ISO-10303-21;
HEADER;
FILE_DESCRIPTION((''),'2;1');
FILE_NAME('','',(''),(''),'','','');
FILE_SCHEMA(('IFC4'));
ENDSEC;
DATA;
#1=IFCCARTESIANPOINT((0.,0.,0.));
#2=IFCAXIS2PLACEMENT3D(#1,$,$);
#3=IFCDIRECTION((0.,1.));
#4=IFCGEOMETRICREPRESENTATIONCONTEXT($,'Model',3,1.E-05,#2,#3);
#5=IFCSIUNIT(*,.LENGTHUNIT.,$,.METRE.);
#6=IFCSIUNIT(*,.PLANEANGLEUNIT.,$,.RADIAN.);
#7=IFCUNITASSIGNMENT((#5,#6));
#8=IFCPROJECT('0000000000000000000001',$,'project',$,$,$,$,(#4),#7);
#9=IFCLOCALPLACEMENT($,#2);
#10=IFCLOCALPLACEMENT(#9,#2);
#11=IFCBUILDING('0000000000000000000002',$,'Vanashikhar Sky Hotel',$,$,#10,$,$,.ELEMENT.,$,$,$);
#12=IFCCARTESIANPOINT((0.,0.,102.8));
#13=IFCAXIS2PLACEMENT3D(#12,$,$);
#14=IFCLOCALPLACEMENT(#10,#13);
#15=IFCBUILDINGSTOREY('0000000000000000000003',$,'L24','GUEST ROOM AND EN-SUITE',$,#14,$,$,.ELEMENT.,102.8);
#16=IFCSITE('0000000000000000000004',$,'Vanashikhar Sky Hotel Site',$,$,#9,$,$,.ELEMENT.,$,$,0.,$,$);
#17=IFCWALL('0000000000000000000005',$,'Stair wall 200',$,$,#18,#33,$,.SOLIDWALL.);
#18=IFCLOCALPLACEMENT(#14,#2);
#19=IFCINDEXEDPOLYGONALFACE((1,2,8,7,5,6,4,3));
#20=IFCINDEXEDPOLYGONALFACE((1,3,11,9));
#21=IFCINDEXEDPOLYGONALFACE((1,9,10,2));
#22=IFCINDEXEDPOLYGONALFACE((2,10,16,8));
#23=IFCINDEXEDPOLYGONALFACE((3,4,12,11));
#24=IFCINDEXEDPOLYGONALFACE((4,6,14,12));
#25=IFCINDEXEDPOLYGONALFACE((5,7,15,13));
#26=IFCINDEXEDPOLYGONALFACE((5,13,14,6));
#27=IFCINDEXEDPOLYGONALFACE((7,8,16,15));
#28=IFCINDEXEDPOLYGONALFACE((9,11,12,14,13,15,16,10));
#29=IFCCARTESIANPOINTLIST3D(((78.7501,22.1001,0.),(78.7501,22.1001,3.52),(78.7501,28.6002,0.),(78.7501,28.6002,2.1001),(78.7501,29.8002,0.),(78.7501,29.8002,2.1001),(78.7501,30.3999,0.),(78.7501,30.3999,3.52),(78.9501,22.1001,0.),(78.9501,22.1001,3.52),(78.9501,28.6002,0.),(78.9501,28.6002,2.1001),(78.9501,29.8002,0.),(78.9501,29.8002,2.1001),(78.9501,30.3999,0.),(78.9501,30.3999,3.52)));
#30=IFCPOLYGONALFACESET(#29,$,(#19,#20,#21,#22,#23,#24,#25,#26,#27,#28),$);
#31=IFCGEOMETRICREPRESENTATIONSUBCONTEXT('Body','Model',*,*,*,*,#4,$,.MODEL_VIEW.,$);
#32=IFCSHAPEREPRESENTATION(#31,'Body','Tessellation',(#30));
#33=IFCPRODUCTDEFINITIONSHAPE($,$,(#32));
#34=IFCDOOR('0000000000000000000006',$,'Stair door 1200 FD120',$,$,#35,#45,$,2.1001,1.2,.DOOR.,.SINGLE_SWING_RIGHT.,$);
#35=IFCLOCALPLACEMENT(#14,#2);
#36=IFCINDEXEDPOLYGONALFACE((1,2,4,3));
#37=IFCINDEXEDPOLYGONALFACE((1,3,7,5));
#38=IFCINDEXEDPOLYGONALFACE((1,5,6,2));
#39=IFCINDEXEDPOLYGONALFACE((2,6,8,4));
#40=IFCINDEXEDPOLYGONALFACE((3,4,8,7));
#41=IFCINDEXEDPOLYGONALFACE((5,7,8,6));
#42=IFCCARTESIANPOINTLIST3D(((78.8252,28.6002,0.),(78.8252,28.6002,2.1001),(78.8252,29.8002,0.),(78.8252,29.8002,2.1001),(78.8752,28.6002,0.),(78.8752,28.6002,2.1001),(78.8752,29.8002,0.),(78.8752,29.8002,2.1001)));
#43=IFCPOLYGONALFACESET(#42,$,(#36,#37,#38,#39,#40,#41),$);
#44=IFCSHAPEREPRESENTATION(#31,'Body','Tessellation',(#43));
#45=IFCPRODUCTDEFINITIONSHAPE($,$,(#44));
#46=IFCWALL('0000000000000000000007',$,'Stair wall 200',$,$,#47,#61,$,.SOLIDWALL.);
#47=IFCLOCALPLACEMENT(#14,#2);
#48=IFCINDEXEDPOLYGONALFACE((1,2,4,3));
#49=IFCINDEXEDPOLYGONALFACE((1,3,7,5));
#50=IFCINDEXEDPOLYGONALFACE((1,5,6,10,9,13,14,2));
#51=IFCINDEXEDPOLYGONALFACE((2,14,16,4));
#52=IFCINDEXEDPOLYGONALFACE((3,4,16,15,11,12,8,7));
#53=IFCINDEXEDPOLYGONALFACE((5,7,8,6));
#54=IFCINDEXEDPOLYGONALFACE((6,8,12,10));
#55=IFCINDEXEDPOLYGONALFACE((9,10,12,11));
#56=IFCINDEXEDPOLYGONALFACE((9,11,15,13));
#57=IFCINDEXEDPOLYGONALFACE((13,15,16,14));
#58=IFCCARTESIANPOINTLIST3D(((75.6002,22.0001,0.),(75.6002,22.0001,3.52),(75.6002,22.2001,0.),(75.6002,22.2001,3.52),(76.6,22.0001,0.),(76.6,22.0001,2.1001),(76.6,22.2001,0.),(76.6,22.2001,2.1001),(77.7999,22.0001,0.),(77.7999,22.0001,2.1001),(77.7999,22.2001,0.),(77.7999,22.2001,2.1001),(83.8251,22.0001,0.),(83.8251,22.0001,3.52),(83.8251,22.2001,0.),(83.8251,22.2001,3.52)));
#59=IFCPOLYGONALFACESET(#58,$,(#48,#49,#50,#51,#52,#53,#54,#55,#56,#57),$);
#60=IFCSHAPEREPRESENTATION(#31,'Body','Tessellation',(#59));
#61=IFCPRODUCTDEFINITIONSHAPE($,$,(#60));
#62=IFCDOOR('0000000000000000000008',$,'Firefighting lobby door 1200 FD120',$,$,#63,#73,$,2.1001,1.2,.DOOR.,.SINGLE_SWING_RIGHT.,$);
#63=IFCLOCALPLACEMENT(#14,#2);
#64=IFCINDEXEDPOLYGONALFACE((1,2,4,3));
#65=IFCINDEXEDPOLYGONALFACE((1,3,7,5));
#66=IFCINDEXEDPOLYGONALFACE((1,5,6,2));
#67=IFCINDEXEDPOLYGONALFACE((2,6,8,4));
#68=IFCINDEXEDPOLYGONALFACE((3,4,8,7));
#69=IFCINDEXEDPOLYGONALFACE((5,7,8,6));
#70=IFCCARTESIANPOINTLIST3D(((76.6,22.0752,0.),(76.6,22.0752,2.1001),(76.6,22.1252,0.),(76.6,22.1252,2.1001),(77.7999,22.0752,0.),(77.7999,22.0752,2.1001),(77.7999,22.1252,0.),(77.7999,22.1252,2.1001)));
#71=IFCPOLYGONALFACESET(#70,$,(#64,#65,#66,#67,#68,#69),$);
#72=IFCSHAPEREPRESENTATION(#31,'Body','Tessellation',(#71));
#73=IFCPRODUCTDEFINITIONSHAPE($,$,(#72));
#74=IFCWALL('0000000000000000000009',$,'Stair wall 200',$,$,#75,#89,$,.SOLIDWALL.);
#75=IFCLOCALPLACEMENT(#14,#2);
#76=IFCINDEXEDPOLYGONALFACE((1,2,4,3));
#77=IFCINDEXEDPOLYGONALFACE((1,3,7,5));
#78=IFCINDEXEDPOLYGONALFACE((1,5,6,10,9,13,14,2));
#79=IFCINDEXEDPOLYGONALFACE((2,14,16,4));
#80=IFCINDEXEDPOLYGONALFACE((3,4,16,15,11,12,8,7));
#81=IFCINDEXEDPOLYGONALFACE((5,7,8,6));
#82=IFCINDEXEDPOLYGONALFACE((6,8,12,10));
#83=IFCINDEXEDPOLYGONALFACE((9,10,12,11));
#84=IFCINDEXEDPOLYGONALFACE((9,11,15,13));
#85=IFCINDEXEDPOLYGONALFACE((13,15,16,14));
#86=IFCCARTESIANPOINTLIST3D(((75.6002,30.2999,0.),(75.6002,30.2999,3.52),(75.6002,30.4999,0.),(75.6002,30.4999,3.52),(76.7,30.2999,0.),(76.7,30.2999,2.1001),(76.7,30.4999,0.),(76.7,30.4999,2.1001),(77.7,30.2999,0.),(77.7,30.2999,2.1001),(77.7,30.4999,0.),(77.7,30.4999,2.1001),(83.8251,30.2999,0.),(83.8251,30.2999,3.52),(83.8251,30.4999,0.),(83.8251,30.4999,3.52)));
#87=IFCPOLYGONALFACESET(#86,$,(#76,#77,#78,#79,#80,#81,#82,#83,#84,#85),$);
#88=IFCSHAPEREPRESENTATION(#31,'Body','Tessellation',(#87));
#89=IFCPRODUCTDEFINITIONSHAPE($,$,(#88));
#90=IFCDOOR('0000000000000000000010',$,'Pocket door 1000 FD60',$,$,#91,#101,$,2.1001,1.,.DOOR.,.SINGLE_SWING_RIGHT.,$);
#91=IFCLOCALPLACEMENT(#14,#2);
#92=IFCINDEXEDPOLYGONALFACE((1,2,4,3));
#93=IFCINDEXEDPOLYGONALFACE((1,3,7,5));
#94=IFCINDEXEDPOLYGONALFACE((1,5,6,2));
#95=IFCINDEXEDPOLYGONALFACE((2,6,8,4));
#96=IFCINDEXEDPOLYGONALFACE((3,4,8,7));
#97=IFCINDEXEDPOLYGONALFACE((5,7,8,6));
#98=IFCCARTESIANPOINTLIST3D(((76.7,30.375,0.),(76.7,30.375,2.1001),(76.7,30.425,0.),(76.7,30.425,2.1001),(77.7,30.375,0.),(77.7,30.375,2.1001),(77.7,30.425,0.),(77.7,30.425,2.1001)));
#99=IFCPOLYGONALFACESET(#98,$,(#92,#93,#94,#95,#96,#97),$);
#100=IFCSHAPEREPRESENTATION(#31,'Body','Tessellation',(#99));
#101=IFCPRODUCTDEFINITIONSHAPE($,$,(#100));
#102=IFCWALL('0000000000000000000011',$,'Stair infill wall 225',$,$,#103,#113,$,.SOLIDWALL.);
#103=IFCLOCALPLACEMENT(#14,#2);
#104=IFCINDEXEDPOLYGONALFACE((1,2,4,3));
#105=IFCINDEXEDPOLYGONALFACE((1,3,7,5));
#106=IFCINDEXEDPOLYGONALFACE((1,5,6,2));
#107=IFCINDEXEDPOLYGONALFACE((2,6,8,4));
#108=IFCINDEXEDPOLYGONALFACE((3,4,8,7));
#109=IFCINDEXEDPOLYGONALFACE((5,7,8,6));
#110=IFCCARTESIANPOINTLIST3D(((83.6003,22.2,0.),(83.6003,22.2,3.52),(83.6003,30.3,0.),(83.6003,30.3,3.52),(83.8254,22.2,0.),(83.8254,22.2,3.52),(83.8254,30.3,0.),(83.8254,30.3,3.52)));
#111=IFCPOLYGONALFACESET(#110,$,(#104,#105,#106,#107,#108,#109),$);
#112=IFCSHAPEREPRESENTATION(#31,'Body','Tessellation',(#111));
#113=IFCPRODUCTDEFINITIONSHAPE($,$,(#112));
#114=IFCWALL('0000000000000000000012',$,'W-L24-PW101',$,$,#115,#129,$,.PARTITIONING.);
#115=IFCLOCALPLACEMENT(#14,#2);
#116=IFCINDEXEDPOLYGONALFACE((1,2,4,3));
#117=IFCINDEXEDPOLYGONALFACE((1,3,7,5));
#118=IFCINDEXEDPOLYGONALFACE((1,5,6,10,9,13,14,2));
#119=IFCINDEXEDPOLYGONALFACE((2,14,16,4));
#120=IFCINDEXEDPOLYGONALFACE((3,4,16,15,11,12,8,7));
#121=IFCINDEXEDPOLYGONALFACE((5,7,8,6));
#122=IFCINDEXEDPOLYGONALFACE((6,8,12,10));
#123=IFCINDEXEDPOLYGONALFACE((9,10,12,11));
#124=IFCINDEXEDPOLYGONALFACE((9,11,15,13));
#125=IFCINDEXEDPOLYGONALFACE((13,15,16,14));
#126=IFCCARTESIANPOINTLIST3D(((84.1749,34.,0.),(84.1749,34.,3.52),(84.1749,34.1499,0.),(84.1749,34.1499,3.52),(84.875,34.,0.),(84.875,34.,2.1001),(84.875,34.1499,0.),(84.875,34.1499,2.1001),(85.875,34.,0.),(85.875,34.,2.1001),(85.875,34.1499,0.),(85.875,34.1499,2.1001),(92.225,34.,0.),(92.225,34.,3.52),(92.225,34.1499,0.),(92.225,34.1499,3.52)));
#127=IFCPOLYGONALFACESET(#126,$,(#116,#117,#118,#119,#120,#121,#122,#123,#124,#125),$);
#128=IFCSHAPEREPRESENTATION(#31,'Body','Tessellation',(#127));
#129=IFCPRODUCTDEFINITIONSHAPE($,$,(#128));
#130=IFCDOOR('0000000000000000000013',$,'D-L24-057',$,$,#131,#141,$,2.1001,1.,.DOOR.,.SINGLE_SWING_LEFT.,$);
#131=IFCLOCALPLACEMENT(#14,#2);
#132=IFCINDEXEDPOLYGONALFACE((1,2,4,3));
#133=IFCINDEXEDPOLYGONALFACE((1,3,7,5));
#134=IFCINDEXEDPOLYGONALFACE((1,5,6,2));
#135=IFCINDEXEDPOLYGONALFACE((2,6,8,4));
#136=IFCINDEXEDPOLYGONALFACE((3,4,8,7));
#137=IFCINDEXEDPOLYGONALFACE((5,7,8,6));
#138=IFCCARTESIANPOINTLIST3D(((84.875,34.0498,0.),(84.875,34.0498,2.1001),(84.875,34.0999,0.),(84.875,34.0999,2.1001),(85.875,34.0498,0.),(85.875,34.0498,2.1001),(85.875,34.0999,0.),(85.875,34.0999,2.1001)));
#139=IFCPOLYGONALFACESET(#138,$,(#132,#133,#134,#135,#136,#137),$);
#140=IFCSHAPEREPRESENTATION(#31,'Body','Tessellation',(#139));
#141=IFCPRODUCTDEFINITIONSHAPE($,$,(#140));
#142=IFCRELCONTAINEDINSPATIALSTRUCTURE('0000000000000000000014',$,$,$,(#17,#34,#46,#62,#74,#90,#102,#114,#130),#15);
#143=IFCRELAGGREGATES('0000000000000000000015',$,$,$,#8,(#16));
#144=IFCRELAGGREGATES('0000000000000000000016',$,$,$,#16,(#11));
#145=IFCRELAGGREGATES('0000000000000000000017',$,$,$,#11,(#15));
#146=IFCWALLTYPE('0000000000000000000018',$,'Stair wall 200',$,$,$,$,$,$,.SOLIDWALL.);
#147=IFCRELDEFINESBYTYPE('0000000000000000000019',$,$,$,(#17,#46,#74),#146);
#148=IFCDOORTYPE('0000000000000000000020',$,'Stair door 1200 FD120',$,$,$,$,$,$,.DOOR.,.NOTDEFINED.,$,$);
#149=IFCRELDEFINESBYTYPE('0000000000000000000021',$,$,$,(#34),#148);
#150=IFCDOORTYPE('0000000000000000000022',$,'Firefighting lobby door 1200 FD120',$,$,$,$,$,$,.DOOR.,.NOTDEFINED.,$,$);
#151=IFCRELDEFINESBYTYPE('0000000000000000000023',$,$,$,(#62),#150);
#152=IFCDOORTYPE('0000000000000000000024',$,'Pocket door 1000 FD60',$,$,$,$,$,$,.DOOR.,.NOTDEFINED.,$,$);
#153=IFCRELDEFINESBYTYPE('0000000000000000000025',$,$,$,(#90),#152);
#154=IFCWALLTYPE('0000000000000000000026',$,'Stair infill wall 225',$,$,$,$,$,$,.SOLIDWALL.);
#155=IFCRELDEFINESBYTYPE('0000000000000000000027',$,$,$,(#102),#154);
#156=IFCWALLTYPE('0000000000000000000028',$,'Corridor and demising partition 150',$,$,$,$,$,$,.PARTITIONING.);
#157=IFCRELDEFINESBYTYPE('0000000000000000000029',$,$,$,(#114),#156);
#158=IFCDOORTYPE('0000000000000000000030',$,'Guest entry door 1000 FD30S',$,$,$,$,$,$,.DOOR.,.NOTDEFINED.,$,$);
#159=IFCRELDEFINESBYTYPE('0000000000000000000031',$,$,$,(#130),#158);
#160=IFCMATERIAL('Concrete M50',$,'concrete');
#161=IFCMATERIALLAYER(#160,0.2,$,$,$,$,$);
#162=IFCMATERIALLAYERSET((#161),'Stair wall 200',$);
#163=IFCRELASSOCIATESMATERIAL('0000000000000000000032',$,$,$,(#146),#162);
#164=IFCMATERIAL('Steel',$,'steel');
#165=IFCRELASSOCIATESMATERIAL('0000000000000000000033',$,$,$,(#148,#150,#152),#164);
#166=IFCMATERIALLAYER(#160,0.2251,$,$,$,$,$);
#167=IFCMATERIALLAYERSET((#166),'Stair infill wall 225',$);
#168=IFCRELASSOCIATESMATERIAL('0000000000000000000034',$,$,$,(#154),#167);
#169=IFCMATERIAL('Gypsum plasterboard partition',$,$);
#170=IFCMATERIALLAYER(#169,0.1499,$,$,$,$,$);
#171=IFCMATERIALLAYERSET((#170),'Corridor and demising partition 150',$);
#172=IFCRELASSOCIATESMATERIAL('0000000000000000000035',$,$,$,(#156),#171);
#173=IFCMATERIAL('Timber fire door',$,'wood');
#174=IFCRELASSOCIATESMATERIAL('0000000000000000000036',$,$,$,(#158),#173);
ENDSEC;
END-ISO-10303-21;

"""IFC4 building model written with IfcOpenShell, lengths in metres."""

from ifc_helpers import new_model, si_unit, direction, frame, frame_2d, origin, place, context, subcontext, project, spatial, rectangle, extrude, source, transform, mapped, material, layer, layer_set, type_object, element, fill, save


model = new_model("IFC4")

# Units and contexts
model_context = context("Model", 3, precision=1e-05, world=origin(), true_north=direction((0.0, 1.0)))
body_context = subcontext(model_context, "Body", "Model", "MODEL_VIEW")
ifc_project = project(units=[si_unit("LENGTHUNIT", "METRE"), si_unit("PLANEANGLEUNIT", "RADIAN")], contexts=[model_context])

# Site, building, storey
site_placement = place(None, origin())
site = spatial("IfcSite", under=ifc_project, at=site_placement, Name="Vanashikhar Sky Hotel Site", CompositionType="ELEMENT", RefElevation=0.0)
building_placement = place(site_placement, origin())
building = spatial("IfcBuilding", under=site, at=building_placement, Name="Vanashikhar Sky Hotel", CompositionType="ELEMENT")
storey_placement = place(building_placement, frame((0.0, 0.0, 102.8)))
storey = spatial("IfcBuildingStorey", under=building, at=storey_placement, Name="L24", Description="GUEST ROOM AND EN-SUITE", CompositionType="ELEMENT", Elevation=102.8)

# Shared definitions
ifc_material_1 = material(Name="Concrete M50", Category="concrete")

# Shared definitions
ifc_material_2 = material(Name="Steel", Category="steel")
shared_shape_1 = source(origin(), body_context, "Body", "SweptSolid", [
    extrude(rectangle(XDim=1.2, YDim=2.1001, at=frame_2d((0.6001, 1.05))), frame((0.0, 0.0249, 0.0), z_axis=(0.0, -1.0, 0.0), x_axis=(1.0, 0.0, 0.0)), (0.0, 0.0, 1.0), 0.05),
])

# Walls, openings, doors
ifc_layer_1 = layer(ifc_material_1, 0.2)
ifc_layer_set_1 = layer_set([ifc_layer_1], Name="Stair wall 200")
wall_type_1 = type_object("IfcWallType", Name="Stair wall 200", PredefinedType="SOLIDWALL", material=ifc_layer_set_1)
shared_shape_2 = source(origin(), body_context, "Body", "SweptSolid", [
    extrude(rectangle(XDim=8.2998, YDim=0.2, at=frame_2d((4.1499, 0.0))), origin(), (0.0, 0.0, 1.0), 3.52),
])
wall_1_placement = place(storey_placement, frame((78.8501, 22.1001, 0.0), z_axis=(0.0, 0.0, 1.0), x_axis=(0.0, 1.0, 0.0)))
wall_1 = element("IfcWall", 1, at=wall_1_placement, inside=storey, type_object=wall_type_1, Name="Stair wall 200", PredefinedType="SOLIDWALL", context=body_context, shape_type="MappedRepresentation", body=[
    mapped(shared_shape_2, transform((0.0, 0.0, 0.0), scale=1.0)),
])
shared_shape_3 = source(origin(), body_context, "Body", "SweptSolid", [
    extrude(rectangle(XDim=1.2, YDim=2.1001, at=frame_2d((0.6001, 1.05))), frame((0.0, 0.1099, 0.0), z_axis=(0.0, -1.0, 0.0), x_axis=(1.0, 0.0, 0.0)), (0.0, 0.0, 1.0), 0.22),
])
opening_1_placement = place(wall_1_placement, frame((6.5, 0.0, 0.0)))
opening_1 = element("IfcOpeningElement", 2, at=opening_1_placement, cuts=wall_1, PredefinedType="OPENING", context=body_context, shape_type="MappedRepresentation", body=[
    mapped(shared_shape_3, transform((0.0, 0.0, 0.0), scale=1.0)),
])
door_type_1 = type_object("IfcDoorType", Name="Stair door 1200 FD120", OperationType="NOTDEFINED", PredefinedType="DOOR", material=ifc_material_2)
door_1_placement = place(opening_1_placement, origin())
door_1 = element("IfcDoor", 3, at=door_1_placement, inside=storey, type_object=door_type_1, Name="Stair door 1200 FD120", OperationType="SINGLE_SWING_RIGHT", OverallHeight=2.1001, OverallWidth=1.2, PredefinedType="DOOR", context=body_context, shape_type="MappedRepresentation", body=[
    mapped(shared_shape_1, transform((0.0, 0.0, 0.0), scale=1.0)),
])
fill(opening_1, door_1)
shared_shape_4 = source(origin(), body_context, "Body", "SweptSolid", [
    extrude(rectangle(XDim=8.2249, YDim=0.2, at=frame_2d((4.1123, 0.0))), origin(), (0.0, 0.0, 1.0), 3.52),
])
wall_2_placement = place(storey_placement, frame((83.825, 22.1001, 0.0), z_axis=(0.0, 0.0, 1.0), x_axis=(-1.0, 0.0, 0.0)))
wall_2 = element("IfcWall", 4, at=wall_2_placement, inside=storey, type_object=wall_type_1, Name="Stair wall 200", PredefinedType="SOLIDWALL", context=body_context, shape_type="MappedRepresentation", body=[
    mapped(shared_shape_4, transform((0.0, 0.0, 0.0), scale=1.0)),
])
opening_2_placement = place(wall_2_placement, frame((6.0249, 0.0, 0.0)))
opening_2 = element("IfcOpeningElement", 5, at=opening_2_placement, cuts=wall_2, PredefinedType="OPENING", context=body_context, shape_type="MappedRepresentation", body=[
    mapped(shared_shape_3, transform((0.0, 0.0, 0.0), scale=1.0)),
])
door_type_2 = type_object("IfcDoorType", Name="Firefighting lobby door 1200 FD120", OperationType="NOTDEFINED", PredefinedType="DOOR", material=ifc_material_2)
door_2_placement = place(opening_2_placement, origin())
door_2 = element("IfcDoor", 6, at=door_2_placement, inside=storey, type_object=door_type_2, Name="Firefighting lobby door 1200 FD120", OperationType="SINGLE_SWING_RIGHT", OverallHeight=2.1001, OverallWidth=1.2, PredefinedType="DOOR", context=body_context, shape_type="MappedRepresentation", body=[
    mapped(shared_shape_1, transform((0.0, 0.0, 0.0), scale=1.0)),
])
fill(opening_2, door_2)
wall_3_placement = place(storey_placement, frame((83.825, 30.3999, 0.0), z_axis=(0.0, 0.0, 1.0), x_axis=(-1.0, 0.0, 0.0)))
wall_3 = element("IfcWall", 7, at=wall_3_placement, inside=storey, type_object=wall_type_1, Name="Stair wall 200", PredefinedType="SOLIDWALL", context=body_context, shape_type="MappedRepresentation", body=[
    mapped(shared_shape_4, transform((0.0, 0.0, 0.0), scale=1.0)),
])
shared_shape_5 = source(origin(), body_context, "Body", "SweptSolid", [
    extrude(rectangle(XDim=1.0, YDim=2.1001, at=frame_2d((0.5, 1.05))), frame((0.0, 0.1099, 0.0), z_axis=(0.0, -1.0, 0.0), x_axis=(1.0, 0.0, 0.0)), (0.0, 0.0, 1.0), 0.22),
])
opening_3_placement = place(wall_3_placement, frame((6.125, 0.0, 0.0)))
opening_3 = element("IfcOpeningElement", 8, at=opening_3_placement, cuts=wall_3, PredefinedType="OPENING", context=body_context, shape_type="MappedRepresentation", body=[
    mapped(shared_shape_5, transform((0.0, 0.0, 0.0), scale=1.0)),
])
door_type_3 = type_object("IfcDoorType", Name="Pocket door 1000 FD60", OperationType="NOTDEFINED", PredefinedType="DOOR", material=ifc_material_2)
shared_shape_6 = source(origin(), body_context, "Body", "SweptSolid", [
    extrude(rectangle(XDim=1.0, YDim=2.1001, at=frame_2d((0.5, 1.05))), frame((0.0, 0.0249, 0.0), z_axis=(0.0, -1.0, 0.0), x_axis=(1.0, 0.0, 0.0)), (0.0, 0.0, 1.0), 0.05),
])
door_3_placement = place(opening_3_placement, origin())
door_3 = element("IfcDoor", 9, at=door_3_placement, inside=storey, type_object=door_type_3, Name="Pocket door 1000 FD60", OperationType="SINGLE_SWING_RIGHT", OverallHeight=2.1001, OverallWidth=1.0, PredefinedType="DOOR", context=body_context, shape_type="MappedRepresentation", body=[
    mapped(shared_shape_6, transform((0.0, 0.0, 0.0), scale=1.0)),
])
fill(opening_3, door_3)

# Wall
ifc_layer_2 = layer(ifc_material_1, 0.2251)
ifc_layer_set_2 = layer_set([ifc_layer_2], Name="Stair infill wall 225")
wall_type_2 = type_object("IfcWallType", Name="Stair infill wall 225", PredefinedType="SOLIDWALL", material=ifc_layer_set_2)
shared_shape_7 = source(origin(), body_context, "Body", "SweptSolid", [
    extrude(rectangle(XDim=8.1001, YDim=0.2251, at=frame_2d((4.05, 0.0))), origin(), (0.0, 0.0, 1.0), 3.52),
])
wall_4_placement = place(storey_placement, frame((83.7129, 22.2, 0.0), z_axis=(0.0, 0.0, 1.0), x_axis=(0.0, 1.0, 0.0)))
element("IfcWall", 10, at=wall_4_placement, inside=storey, type_object=wall_type_2, Name="Stair infill wall 225", PredefinedType="SOLIDWALL", context=body_context, shape_type="MappedRepresentation", body=[
    mapped(shared_shape_7, transform((0.0, 0.0, 0.0), scale=1.0)),
])

# Wall, opening, door
ifc_material_3 = material(Name="Gypsum plasterboard partition")
ifc_layer_3 = layer(ifc_material_3, 0.1499)
ifc_layer_set_3 = layer_set([ifc_layer_3], Name="Corridor and demising partition 150")
wall_type_3 = type_object("IfcWallType", Name="Corridor and demising partition 150", PredefinedType="PARTITIONING", material=ifc_layer_set_3)
shared_shape_8 = source(origin(), body_context, "Body", "SweptSolid", [
    extrude(rectangle(XDim=8.05, YDim=0.1499, at=frame_2d((4.0249, 0.0))), origin(), (0.0, 0.0, 1.0), 3.52),
])
wall_5_placement = place(storey_placement, frame((84.175, 34.075, 0.0), z_axis=(0.0, 0.0, 1.0), x_axis=(1.0, 0.0, 0.0)))
wall_5 = element("IfcWall", 11, at=wall_5_placement, inside=storey, type_object=wall_type_3, Name="W-L24-PW101", PredefinedType="PARTITIONING", context=body_context, shape_type="MappedRepresentation", body=[
    mapped(shared_shape_8, transform((0.0, 0.0, 0.0), scale=1.0)),
])
shared_shape_9 = source(origin(), body_context, "Body", "SweptSolid", [
    extrude(rectangle(XDim=1.0, YDim=2.1001, at=frame_2d((0.5, 1.05))), frame((0.0, 0.085, 0.0), z_axis=(0.0, -1.0, 0.0), x_axis=(1.0, 0.0, 0.0)), (0.0, 0.0, 1.0), 0.1699),
])
opening_4_placement = place(wall_5_placement, frame((0.7, 0.0, 0.0)))
opening_4 = element("IfcOpeningElement", 12, at=opening_4_placement, cuts=wall_5, PredefinedType="OPENING", context=body_context, shape_type="MappedRepresentation", body=[
    mapped(shared_shape_9, transform((0.0, 0.0, 0.0), scale=1.0)),
])
ifc_material_4 = material(Name="Timber fire door", Category="wood")
door_type_4 = type_object("IfcDoorType", Name="Guest entry door 1000 FD30S", OperationType="NOTDEFINED", PredefinedType="DOOR", material=ifc_material_4)
door_4_placement = place(opening_4_placement, origin())
door_4 = element("IfcDoor", 13, at=door_4_placement, inside=storey, type_object=door_type_4, Name="D-L24-057", OperationType="SINGLE_SWING_LEFT", OverallHeight=2.1001, OverallWidth=1.0, PredefinedType="DOOR", context=body_context, shape_type="MappedRepresentation", body=[
    mapped(shared_shape_6, transform((0.0, 0.0, 0.0), scale=1.0)),
])
fill(opening_4, door_4)

save(model, "model.ifc")
